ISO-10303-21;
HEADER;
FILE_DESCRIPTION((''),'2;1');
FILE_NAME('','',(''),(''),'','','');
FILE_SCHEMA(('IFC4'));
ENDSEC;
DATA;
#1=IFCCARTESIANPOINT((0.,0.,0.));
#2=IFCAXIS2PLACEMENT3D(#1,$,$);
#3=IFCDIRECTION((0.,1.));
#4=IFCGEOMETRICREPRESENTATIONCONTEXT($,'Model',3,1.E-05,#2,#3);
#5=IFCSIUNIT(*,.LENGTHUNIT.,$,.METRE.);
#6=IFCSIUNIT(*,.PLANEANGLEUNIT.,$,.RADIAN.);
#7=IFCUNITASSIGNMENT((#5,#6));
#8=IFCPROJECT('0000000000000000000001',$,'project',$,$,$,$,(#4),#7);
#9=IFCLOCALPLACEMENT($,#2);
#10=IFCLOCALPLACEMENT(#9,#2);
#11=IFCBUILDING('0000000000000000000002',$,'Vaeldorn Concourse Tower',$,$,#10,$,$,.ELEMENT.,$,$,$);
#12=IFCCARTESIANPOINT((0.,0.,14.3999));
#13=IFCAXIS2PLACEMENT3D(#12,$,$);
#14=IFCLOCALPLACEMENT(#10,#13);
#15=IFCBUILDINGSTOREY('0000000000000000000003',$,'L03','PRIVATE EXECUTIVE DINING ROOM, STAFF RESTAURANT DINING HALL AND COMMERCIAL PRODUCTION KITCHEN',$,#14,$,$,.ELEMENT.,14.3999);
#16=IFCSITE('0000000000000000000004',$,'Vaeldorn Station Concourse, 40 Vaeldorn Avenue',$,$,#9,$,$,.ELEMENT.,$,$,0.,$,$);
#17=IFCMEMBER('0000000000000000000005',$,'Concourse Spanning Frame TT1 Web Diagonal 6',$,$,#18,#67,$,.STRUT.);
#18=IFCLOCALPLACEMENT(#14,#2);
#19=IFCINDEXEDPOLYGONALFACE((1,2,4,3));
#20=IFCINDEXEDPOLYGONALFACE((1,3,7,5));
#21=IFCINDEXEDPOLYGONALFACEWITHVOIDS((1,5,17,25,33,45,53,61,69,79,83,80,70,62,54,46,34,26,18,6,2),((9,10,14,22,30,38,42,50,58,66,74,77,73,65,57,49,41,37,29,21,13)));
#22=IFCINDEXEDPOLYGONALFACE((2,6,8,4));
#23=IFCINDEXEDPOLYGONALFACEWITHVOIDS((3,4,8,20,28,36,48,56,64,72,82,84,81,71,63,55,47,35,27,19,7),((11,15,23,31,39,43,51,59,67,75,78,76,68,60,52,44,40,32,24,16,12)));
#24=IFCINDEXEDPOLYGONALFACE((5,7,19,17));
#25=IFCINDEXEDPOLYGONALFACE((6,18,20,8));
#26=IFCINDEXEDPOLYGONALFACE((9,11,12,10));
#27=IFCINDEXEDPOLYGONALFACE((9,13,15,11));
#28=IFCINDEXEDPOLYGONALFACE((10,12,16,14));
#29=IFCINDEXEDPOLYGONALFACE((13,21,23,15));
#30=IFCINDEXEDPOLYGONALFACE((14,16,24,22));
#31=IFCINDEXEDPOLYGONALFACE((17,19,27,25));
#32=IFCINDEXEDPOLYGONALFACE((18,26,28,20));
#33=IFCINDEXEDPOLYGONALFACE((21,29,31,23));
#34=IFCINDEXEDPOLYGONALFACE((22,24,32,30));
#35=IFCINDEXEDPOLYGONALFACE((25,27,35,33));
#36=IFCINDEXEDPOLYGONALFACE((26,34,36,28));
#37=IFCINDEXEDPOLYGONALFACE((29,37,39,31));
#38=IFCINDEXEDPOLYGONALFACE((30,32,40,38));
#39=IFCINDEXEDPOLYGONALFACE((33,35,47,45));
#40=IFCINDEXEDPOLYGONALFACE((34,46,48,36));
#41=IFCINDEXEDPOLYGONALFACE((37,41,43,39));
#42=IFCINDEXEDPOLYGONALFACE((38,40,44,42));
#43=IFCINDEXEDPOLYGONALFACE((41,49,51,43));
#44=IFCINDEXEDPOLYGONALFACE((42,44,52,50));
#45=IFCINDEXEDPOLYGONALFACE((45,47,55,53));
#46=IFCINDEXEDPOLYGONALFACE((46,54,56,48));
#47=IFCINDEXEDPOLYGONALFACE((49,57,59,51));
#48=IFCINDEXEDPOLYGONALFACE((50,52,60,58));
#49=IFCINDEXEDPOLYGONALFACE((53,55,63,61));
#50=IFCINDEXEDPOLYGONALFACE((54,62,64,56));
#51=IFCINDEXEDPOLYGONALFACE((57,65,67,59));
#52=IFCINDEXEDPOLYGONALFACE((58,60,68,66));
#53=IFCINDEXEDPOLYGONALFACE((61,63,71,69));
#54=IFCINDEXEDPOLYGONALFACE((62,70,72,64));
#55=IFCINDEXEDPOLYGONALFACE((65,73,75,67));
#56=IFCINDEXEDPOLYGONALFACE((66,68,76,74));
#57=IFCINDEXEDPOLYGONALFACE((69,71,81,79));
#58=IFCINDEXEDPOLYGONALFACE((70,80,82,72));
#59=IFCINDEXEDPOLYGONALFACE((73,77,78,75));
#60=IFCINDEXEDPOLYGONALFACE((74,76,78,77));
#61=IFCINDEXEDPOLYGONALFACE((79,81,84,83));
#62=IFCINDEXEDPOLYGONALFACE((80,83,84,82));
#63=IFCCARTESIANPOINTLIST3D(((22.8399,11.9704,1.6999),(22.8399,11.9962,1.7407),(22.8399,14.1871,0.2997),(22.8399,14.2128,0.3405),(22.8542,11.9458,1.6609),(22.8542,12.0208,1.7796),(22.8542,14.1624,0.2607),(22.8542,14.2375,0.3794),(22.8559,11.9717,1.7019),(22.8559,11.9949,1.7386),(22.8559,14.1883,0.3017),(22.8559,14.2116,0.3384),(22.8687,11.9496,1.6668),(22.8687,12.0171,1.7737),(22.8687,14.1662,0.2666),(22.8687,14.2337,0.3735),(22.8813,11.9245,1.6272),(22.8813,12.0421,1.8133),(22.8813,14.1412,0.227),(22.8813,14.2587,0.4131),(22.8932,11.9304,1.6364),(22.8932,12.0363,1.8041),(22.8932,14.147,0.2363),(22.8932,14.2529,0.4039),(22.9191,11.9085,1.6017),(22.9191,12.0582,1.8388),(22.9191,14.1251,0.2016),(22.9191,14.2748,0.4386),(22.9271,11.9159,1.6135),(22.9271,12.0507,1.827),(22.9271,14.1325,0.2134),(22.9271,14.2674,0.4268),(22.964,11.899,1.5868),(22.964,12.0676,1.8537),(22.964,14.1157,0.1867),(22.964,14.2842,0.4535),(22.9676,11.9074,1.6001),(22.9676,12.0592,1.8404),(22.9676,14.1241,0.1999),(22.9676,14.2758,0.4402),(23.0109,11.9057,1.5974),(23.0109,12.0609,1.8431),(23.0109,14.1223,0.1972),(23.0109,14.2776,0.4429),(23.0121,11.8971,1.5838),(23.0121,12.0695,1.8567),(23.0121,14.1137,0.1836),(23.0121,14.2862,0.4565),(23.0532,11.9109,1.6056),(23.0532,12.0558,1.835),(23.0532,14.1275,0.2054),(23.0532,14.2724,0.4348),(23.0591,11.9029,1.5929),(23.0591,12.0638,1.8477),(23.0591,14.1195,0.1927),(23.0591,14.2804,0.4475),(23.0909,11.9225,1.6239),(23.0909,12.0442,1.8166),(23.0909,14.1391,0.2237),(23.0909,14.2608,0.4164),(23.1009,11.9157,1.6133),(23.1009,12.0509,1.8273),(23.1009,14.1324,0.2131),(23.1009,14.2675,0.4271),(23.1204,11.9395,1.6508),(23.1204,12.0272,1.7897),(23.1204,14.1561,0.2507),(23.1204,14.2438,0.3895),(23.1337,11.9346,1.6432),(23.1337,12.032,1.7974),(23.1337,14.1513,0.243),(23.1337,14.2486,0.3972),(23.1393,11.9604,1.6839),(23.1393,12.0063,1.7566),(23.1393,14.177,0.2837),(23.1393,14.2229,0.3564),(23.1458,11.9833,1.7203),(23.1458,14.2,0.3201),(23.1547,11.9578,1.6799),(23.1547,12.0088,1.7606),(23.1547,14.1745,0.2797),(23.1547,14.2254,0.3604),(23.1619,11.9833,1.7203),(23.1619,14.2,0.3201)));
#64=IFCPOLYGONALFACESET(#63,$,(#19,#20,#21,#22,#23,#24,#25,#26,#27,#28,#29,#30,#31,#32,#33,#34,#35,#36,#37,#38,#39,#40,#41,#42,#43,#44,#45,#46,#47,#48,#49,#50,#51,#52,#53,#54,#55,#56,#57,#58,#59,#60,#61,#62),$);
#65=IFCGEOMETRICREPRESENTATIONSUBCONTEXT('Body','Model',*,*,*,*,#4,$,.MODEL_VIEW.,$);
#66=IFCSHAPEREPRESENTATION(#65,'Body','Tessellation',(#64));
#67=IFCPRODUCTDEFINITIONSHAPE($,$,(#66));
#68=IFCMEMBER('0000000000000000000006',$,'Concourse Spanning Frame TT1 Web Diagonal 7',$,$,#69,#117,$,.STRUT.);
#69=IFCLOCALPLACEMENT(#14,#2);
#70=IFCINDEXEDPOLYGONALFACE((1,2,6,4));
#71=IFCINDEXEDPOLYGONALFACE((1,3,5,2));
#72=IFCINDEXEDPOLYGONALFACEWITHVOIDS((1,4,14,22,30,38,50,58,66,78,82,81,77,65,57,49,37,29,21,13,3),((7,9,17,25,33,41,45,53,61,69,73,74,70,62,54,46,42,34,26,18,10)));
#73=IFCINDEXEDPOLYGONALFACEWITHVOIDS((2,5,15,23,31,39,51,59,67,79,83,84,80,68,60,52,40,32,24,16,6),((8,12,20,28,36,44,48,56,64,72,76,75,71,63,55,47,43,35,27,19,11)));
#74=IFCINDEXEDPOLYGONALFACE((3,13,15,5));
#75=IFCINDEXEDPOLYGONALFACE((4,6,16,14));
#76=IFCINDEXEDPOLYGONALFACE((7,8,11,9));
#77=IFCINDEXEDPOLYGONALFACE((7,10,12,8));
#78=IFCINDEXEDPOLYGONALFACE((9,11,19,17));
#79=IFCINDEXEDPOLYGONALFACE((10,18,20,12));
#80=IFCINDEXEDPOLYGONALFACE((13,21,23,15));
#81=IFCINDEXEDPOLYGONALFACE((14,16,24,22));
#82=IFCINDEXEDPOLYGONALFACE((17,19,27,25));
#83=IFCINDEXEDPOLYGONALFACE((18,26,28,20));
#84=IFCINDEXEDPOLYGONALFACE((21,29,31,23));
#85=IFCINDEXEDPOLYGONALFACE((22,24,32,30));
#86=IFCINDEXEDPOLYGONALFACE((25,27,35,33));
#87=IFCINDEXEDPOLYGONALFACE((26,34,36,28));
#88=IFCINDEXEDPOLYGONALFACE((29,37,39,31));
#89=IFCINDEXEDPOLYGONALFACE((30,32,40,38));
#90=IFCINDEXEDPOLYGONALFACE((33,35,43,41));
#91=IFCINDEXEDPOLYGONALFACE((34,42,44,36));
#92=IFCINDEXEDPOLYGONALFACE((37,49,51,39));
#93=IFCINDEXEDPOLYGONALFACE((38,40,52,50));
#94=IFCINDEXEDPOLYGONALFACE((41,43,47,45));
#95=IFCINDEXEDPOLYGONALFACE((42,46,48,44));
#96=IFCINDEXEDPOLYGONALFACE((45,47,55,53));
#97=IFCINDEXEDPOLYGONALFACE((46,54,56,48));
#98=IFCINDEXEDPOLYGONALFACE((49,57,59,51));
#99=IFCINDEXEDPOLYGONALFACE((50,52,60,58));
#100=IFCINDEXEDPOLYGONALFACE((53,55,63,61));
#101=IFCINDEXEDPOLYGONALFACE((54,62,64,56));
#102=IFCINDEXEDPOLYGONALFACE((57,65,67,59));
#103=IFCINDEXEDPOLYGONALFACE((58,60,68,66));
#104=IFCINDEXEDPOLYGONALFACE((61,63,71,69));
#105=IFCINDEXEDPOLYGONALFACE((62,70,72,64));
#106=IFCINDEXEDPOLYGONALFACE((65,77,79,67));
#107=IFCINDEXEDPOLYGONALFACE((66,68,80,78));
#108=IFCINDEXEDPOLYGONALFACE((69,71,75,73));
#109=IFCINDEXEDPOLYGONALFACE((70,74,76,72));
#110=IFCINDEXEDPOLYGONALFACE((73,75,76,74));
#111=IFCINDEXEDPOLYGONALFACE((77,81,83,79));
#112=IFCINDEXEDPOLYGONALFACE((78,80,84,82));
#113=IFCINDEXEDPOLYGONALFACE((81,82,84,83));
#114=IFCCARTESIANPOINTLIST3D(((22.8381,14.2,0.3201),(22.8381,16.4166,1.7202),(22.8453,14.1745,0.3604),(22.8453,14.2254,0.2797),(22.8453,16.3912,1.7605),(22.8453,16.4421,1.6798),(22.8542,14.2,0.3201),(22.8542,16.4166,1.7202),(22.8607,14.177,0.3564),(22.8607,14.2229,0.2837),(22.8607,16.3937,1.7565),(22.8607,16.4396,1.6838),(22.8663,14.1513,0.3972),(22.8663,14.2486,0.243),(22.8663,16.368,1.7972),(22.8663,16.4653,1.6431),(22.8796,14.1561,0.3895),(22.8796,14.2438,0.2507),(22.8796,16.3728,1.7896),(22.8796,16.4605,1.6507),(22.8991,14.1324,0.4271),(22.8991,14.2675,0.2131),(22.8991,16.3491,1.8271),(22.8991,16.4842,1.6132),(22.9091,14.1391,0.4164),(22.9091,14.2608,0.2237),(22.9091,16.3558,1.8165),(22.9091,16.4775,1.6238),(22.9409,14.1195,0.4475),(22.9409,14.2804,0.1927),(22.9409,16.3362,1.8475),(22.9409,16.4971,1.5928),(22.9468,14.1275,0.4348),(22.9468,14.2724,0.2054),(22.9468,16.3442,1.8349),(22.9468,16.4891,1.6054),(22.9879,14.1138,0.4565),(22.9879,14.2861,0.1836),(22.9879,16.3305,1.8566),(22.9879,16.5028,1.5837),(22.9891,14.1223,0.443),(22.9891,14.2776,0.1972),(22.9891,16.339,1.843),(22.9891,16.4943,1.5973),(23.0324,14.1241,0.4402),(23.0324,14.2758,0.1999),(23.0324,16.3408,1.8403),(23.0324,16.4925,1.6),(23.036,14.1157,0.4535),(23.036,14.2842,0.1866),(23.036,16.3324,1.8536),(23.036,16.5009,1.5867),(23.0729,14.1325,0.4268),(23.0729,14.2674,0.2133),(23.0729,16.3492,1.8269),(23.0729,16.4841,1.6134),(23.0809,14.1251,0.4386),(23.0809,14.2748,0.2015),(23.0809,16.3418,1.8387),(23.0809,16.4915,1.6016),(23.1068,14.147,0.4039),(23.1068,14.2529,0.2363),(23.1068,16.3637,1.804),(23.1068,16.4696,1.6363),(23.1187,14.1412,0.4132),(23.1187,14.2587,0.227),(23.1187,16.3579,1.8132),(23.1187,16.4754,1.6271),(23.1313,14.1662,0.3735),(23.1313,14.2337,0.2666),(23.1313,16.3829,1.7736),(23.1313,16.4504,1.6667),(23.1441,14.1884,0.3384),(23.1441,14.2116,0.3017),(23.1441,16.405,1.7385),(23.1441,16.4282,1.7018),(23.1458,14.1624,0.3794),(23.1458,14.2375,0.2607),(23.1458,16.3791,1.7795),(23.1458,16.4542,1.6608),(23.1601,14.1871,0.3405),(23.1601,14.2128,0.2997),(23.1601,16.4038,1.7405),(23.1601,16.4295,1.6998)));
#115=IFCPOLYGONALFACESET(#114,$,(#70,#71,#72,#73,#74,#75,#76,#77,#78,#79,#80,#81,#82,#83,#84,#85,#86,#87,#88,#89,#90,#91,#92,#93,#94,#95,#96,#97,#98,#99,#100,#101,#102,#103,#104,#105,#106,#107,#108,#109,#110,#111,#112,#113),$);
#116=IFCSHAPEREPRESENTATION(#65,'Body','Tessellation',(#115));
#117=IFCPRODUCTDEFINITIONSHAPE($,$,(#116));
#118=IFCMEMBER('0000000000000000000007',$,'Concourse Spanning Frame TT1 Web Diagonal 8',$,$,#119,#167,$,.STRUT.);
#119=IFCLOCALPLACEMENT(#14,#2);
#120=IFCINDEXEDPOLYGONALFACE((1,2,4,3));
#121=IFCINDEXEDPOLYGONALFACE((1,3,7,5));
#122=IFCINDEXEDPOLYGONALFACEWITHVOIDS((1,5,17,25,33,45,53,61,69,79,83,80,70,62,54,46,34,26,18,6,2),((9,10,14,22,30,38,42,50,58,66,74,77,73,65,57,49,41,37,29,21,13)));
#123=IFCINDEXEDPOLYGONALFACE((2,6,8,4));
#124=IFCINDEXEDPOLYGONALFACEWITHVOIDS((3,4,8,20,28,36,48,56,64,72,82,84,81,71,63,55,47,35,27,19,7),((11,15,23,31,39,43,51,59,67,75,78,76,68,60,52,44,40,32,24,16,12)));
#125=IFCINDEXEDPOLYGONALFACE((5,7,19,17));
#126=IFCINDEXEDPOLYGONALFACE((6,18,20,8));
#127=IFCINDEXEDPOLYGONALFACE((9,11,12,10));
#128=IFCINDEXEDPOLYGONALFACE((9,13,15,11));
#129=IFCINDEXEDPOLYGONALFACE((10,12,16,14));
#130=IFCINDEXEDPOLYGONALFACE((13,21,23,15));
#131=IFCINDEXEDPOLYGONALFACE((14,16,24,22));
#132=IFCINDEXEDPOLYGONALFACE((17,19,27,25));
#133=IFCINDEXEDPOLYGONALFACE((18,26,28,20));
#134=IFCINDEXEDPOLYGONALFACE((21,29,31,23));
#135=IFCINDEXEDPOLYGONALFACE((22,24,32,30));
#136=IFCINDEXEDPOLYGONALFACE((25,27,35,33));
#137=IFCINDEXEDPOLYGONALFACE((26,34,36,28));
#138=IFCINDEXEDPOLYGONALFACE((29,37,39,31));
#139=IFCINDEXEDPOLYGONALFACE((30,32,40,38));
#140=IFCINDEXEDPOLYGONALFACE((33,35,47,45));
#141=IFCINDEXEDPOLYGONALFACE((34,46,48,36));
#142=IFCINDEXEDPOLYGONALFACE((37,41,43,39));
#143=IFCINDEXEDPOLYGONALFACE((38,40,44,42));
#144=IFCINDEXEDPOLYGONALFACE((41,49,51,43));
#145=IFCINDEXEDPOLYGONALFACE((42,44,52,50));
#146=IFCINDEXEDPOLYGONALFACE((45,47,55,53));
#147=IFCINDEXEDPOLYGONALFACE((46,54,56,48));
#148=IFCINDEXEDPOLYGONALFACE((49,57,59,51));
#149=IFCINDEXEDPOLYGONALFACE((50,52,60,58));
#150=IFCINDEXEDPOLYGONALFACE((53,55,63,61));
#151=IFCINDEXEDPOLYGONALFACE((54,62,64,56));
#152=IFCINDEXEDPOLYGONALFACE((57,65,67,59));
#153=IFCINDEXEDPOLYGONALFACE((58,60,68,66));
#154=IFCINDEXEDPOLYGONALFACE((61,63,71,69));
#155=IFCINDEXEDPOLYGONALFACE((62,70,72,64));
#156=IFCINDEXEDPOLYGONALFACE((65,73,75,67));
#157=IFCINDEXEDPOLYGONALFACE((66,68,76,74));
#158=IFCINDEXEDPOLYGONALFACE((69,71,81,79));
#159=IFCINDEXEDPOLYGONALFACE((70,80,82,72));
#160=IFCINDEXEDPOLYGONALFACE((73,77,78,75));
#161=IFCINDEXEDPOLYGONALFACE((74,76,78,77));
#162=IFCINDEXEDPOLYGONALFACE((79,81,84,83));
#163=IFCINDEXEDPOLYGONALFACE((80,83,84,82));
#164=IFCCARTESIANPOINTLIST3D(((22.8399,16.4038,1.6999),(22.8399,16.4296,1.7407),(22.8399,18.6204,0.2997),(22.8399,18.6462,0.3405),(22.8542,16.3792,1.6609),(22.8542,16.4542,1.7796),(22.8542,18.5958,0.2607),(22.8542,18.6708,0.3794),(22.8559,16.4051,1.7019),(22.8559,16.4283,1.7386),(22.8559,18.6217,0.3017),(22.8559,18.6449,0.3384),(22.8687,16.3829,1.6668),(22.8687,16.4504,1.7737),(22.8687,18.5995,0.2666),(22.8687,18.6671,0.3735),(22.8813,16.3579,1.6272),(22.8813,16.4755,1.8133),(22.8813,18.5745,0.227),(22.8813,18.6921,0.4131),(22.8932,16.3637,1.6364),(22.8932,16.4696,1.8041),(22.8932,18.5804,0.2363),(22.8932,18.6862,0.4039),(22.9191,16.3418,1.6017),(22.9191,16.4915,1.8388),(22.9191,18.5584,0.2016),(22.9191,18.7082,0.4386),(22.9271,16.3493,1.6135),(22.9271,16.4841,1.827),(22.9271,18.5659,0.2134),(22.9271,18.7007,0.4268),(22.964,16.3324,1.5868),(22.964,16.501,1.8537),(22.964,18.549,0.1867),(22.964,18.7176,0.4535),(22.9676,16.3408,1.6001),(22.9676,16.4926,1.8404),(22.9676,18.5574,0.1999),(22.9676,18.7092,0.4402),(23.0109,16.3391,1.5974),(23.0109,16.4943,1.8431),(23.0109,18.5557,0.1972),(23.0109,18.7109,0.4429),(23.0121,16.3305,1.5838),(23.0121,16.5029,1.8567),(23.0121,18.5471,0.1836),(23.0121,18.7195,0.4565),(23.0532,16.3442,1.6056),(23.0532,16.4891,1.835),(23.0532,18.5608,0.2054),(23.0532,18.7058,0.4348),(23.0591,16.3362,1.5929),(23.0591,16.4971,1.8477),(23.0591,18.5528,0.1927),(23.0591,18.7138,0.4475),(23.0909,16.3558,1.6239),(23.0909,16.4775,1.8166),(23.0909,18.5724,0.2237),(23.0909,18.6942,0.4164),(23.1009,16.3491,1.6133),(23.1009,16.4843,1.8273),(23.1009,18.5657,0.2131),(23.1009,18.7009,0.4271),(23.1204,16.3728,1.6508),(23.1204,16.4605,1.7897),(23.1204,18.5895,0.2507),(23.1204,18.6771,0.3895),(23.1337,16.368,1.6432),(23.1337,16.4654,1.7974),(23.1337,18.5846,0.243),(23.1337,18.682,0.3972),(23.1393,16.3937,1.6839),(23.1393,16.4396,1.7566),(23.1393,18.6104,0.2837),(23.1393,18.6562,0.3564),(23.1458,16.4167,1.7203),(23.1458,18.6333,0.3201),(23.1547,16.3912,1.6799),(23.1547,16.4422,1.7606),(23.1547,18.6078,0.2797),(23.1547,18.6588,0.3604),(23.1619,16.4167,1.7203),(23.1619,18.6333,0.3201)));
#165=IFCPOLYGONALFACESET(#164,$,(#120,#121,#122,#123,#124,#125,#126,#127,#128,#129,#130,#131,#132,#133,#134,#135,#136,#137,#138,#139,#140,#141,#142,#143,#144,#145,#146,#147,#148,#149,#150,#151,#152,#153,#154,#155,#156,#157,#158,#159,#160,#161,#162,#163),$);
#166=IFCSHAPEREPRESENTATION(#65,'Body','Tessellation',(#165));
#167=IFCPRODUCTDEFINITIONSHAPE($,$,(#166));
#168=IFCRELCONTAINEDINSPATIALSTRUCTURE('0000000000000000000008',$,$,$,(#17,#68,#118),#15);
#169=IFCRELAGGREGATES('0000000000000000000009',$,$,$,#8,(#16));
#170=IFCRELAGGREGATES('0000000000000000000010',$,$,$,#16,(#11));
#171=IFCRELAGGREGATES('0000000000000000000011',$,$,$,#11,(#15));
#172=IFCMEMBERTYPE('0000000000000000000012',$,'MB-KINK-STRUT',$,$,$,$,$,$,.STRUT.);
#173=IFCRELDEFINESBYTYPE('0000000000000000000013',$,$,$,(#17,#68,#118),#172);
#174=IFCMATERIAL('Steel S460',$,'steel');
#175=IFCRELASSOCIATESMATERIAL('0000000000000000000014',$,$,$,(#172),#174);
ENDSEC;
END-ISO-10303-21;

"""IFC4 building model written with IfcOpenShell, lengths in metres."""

from ifc_helpers import new_model, si_unit, direction, frame, origin, origin_2d, place, context, subcontext, project, spatial, hollow_circle, extrude, source, transform, mapped, material, material_profile, profile_set, type_object, element, save


model = new_model("IFC4")

# Units and contexts
model_context = context("Model", 3, precision=1e-05, world=origin(), true_north=direction((0.0, 1.0)))
body_context = subcontext(model_context, "Body", "Model", "MODEL_VIEW")
ifc_project = project(units=[si_unit("LENGTHUNIT", "METRE"), si_unit("PLANEANGLEUNIT", "RADIAN")], contexts=[model_context])

# Site, building, storey
site_placement = place(None, origin())
site = spatial("IfcSite", under=ifc_project, at=site_placement, Name="Vaeldorn Station Concourse, 40 Vaeldorn Avenue", CompositionType="ELEMENT", RefElevation=0.0)
building_placement = place(site_placement, origin())
building = spatial("IfcBuilding", under=site, at=building_placement, Name="Vaeldorn Concourse Tower", CompositionType="ELEMENT")
storey_placement = place(building_placement, frame((0.0, 0.0, 14.3999)))
storey = spatial("IfcBuildingStorey", under=building, at=storey_placement, Name="L03", Description="PRIVATE EXECUTIVE DINING ROOM, STAFF RESTAURANT DINING HALL AND COMMERCIAL PRODUCTION KITCHEN", CompositionType="ELEMENT", Elevation=14.3999)

# Shared definitions
ifc_material = material(Name="Steel S460", Category="steel")

# Members
ifc_material_profile_1 = material_profile(ifc_material, hollow_circle(Radius=0.1619, WallThickness=0.0161, at=origin_2d()), Name="CHS 323.9x16")
ifc_profile_set_1 = profile_set([ifc_material_profile_1], Name="Steel S460")
member_type_1 = type_object("IfcMemberType", Name="MB-KINK-STRUT", PredefinedType="STRUT", material=ifc_profile_set_1)
shared_shape_1 = source(origin(), body_context, "Body", "SweptSolid", [
    extrude(hollow_circle(Radius=0.1619, WallThickness=0.0161, at=origin_2d()), origin(), (0.0, 0.0, 1.0), 2.6218),
])
for number, where, z_axis, x_axis, name in (
    (1, (23.0, 14.2, 0.3201), (0.0, -0.845451, 0.534053), (1.0, 0.0, 0.0), "Concourse Spanning Frame TT1 Web Diagonal 6"),
    (2, (23.0, 14.2, 0.3201), (0.0, 0.845478, 0.534011), (-1.0, 0.0, 0.0), "Concourse Spanning Frame TT1 Web Diagonal 7"),
    (3, (23.0, 18.6333, 0.3201), (0.0, -0.845451, 0.534053), (1.0, 0.0, 0.0), "Concourse Spanning Frame TT1 Web Diagonal 8"),
):
    element("IfcMember", number, at=place(storey_placement, frame(where, z_axis=z_axis, x_axis=x_axis)), inside=storey, type_object=member_type_1, Name=name, PredefinedType="STRUT", context=body_context, shape_type="MappedRepresentation", body=[
        mapped(shared_shape_1, transform((0.0, 0.0, 0.0), scale=1.0)),
    ])

save(model, "model.ifc")
